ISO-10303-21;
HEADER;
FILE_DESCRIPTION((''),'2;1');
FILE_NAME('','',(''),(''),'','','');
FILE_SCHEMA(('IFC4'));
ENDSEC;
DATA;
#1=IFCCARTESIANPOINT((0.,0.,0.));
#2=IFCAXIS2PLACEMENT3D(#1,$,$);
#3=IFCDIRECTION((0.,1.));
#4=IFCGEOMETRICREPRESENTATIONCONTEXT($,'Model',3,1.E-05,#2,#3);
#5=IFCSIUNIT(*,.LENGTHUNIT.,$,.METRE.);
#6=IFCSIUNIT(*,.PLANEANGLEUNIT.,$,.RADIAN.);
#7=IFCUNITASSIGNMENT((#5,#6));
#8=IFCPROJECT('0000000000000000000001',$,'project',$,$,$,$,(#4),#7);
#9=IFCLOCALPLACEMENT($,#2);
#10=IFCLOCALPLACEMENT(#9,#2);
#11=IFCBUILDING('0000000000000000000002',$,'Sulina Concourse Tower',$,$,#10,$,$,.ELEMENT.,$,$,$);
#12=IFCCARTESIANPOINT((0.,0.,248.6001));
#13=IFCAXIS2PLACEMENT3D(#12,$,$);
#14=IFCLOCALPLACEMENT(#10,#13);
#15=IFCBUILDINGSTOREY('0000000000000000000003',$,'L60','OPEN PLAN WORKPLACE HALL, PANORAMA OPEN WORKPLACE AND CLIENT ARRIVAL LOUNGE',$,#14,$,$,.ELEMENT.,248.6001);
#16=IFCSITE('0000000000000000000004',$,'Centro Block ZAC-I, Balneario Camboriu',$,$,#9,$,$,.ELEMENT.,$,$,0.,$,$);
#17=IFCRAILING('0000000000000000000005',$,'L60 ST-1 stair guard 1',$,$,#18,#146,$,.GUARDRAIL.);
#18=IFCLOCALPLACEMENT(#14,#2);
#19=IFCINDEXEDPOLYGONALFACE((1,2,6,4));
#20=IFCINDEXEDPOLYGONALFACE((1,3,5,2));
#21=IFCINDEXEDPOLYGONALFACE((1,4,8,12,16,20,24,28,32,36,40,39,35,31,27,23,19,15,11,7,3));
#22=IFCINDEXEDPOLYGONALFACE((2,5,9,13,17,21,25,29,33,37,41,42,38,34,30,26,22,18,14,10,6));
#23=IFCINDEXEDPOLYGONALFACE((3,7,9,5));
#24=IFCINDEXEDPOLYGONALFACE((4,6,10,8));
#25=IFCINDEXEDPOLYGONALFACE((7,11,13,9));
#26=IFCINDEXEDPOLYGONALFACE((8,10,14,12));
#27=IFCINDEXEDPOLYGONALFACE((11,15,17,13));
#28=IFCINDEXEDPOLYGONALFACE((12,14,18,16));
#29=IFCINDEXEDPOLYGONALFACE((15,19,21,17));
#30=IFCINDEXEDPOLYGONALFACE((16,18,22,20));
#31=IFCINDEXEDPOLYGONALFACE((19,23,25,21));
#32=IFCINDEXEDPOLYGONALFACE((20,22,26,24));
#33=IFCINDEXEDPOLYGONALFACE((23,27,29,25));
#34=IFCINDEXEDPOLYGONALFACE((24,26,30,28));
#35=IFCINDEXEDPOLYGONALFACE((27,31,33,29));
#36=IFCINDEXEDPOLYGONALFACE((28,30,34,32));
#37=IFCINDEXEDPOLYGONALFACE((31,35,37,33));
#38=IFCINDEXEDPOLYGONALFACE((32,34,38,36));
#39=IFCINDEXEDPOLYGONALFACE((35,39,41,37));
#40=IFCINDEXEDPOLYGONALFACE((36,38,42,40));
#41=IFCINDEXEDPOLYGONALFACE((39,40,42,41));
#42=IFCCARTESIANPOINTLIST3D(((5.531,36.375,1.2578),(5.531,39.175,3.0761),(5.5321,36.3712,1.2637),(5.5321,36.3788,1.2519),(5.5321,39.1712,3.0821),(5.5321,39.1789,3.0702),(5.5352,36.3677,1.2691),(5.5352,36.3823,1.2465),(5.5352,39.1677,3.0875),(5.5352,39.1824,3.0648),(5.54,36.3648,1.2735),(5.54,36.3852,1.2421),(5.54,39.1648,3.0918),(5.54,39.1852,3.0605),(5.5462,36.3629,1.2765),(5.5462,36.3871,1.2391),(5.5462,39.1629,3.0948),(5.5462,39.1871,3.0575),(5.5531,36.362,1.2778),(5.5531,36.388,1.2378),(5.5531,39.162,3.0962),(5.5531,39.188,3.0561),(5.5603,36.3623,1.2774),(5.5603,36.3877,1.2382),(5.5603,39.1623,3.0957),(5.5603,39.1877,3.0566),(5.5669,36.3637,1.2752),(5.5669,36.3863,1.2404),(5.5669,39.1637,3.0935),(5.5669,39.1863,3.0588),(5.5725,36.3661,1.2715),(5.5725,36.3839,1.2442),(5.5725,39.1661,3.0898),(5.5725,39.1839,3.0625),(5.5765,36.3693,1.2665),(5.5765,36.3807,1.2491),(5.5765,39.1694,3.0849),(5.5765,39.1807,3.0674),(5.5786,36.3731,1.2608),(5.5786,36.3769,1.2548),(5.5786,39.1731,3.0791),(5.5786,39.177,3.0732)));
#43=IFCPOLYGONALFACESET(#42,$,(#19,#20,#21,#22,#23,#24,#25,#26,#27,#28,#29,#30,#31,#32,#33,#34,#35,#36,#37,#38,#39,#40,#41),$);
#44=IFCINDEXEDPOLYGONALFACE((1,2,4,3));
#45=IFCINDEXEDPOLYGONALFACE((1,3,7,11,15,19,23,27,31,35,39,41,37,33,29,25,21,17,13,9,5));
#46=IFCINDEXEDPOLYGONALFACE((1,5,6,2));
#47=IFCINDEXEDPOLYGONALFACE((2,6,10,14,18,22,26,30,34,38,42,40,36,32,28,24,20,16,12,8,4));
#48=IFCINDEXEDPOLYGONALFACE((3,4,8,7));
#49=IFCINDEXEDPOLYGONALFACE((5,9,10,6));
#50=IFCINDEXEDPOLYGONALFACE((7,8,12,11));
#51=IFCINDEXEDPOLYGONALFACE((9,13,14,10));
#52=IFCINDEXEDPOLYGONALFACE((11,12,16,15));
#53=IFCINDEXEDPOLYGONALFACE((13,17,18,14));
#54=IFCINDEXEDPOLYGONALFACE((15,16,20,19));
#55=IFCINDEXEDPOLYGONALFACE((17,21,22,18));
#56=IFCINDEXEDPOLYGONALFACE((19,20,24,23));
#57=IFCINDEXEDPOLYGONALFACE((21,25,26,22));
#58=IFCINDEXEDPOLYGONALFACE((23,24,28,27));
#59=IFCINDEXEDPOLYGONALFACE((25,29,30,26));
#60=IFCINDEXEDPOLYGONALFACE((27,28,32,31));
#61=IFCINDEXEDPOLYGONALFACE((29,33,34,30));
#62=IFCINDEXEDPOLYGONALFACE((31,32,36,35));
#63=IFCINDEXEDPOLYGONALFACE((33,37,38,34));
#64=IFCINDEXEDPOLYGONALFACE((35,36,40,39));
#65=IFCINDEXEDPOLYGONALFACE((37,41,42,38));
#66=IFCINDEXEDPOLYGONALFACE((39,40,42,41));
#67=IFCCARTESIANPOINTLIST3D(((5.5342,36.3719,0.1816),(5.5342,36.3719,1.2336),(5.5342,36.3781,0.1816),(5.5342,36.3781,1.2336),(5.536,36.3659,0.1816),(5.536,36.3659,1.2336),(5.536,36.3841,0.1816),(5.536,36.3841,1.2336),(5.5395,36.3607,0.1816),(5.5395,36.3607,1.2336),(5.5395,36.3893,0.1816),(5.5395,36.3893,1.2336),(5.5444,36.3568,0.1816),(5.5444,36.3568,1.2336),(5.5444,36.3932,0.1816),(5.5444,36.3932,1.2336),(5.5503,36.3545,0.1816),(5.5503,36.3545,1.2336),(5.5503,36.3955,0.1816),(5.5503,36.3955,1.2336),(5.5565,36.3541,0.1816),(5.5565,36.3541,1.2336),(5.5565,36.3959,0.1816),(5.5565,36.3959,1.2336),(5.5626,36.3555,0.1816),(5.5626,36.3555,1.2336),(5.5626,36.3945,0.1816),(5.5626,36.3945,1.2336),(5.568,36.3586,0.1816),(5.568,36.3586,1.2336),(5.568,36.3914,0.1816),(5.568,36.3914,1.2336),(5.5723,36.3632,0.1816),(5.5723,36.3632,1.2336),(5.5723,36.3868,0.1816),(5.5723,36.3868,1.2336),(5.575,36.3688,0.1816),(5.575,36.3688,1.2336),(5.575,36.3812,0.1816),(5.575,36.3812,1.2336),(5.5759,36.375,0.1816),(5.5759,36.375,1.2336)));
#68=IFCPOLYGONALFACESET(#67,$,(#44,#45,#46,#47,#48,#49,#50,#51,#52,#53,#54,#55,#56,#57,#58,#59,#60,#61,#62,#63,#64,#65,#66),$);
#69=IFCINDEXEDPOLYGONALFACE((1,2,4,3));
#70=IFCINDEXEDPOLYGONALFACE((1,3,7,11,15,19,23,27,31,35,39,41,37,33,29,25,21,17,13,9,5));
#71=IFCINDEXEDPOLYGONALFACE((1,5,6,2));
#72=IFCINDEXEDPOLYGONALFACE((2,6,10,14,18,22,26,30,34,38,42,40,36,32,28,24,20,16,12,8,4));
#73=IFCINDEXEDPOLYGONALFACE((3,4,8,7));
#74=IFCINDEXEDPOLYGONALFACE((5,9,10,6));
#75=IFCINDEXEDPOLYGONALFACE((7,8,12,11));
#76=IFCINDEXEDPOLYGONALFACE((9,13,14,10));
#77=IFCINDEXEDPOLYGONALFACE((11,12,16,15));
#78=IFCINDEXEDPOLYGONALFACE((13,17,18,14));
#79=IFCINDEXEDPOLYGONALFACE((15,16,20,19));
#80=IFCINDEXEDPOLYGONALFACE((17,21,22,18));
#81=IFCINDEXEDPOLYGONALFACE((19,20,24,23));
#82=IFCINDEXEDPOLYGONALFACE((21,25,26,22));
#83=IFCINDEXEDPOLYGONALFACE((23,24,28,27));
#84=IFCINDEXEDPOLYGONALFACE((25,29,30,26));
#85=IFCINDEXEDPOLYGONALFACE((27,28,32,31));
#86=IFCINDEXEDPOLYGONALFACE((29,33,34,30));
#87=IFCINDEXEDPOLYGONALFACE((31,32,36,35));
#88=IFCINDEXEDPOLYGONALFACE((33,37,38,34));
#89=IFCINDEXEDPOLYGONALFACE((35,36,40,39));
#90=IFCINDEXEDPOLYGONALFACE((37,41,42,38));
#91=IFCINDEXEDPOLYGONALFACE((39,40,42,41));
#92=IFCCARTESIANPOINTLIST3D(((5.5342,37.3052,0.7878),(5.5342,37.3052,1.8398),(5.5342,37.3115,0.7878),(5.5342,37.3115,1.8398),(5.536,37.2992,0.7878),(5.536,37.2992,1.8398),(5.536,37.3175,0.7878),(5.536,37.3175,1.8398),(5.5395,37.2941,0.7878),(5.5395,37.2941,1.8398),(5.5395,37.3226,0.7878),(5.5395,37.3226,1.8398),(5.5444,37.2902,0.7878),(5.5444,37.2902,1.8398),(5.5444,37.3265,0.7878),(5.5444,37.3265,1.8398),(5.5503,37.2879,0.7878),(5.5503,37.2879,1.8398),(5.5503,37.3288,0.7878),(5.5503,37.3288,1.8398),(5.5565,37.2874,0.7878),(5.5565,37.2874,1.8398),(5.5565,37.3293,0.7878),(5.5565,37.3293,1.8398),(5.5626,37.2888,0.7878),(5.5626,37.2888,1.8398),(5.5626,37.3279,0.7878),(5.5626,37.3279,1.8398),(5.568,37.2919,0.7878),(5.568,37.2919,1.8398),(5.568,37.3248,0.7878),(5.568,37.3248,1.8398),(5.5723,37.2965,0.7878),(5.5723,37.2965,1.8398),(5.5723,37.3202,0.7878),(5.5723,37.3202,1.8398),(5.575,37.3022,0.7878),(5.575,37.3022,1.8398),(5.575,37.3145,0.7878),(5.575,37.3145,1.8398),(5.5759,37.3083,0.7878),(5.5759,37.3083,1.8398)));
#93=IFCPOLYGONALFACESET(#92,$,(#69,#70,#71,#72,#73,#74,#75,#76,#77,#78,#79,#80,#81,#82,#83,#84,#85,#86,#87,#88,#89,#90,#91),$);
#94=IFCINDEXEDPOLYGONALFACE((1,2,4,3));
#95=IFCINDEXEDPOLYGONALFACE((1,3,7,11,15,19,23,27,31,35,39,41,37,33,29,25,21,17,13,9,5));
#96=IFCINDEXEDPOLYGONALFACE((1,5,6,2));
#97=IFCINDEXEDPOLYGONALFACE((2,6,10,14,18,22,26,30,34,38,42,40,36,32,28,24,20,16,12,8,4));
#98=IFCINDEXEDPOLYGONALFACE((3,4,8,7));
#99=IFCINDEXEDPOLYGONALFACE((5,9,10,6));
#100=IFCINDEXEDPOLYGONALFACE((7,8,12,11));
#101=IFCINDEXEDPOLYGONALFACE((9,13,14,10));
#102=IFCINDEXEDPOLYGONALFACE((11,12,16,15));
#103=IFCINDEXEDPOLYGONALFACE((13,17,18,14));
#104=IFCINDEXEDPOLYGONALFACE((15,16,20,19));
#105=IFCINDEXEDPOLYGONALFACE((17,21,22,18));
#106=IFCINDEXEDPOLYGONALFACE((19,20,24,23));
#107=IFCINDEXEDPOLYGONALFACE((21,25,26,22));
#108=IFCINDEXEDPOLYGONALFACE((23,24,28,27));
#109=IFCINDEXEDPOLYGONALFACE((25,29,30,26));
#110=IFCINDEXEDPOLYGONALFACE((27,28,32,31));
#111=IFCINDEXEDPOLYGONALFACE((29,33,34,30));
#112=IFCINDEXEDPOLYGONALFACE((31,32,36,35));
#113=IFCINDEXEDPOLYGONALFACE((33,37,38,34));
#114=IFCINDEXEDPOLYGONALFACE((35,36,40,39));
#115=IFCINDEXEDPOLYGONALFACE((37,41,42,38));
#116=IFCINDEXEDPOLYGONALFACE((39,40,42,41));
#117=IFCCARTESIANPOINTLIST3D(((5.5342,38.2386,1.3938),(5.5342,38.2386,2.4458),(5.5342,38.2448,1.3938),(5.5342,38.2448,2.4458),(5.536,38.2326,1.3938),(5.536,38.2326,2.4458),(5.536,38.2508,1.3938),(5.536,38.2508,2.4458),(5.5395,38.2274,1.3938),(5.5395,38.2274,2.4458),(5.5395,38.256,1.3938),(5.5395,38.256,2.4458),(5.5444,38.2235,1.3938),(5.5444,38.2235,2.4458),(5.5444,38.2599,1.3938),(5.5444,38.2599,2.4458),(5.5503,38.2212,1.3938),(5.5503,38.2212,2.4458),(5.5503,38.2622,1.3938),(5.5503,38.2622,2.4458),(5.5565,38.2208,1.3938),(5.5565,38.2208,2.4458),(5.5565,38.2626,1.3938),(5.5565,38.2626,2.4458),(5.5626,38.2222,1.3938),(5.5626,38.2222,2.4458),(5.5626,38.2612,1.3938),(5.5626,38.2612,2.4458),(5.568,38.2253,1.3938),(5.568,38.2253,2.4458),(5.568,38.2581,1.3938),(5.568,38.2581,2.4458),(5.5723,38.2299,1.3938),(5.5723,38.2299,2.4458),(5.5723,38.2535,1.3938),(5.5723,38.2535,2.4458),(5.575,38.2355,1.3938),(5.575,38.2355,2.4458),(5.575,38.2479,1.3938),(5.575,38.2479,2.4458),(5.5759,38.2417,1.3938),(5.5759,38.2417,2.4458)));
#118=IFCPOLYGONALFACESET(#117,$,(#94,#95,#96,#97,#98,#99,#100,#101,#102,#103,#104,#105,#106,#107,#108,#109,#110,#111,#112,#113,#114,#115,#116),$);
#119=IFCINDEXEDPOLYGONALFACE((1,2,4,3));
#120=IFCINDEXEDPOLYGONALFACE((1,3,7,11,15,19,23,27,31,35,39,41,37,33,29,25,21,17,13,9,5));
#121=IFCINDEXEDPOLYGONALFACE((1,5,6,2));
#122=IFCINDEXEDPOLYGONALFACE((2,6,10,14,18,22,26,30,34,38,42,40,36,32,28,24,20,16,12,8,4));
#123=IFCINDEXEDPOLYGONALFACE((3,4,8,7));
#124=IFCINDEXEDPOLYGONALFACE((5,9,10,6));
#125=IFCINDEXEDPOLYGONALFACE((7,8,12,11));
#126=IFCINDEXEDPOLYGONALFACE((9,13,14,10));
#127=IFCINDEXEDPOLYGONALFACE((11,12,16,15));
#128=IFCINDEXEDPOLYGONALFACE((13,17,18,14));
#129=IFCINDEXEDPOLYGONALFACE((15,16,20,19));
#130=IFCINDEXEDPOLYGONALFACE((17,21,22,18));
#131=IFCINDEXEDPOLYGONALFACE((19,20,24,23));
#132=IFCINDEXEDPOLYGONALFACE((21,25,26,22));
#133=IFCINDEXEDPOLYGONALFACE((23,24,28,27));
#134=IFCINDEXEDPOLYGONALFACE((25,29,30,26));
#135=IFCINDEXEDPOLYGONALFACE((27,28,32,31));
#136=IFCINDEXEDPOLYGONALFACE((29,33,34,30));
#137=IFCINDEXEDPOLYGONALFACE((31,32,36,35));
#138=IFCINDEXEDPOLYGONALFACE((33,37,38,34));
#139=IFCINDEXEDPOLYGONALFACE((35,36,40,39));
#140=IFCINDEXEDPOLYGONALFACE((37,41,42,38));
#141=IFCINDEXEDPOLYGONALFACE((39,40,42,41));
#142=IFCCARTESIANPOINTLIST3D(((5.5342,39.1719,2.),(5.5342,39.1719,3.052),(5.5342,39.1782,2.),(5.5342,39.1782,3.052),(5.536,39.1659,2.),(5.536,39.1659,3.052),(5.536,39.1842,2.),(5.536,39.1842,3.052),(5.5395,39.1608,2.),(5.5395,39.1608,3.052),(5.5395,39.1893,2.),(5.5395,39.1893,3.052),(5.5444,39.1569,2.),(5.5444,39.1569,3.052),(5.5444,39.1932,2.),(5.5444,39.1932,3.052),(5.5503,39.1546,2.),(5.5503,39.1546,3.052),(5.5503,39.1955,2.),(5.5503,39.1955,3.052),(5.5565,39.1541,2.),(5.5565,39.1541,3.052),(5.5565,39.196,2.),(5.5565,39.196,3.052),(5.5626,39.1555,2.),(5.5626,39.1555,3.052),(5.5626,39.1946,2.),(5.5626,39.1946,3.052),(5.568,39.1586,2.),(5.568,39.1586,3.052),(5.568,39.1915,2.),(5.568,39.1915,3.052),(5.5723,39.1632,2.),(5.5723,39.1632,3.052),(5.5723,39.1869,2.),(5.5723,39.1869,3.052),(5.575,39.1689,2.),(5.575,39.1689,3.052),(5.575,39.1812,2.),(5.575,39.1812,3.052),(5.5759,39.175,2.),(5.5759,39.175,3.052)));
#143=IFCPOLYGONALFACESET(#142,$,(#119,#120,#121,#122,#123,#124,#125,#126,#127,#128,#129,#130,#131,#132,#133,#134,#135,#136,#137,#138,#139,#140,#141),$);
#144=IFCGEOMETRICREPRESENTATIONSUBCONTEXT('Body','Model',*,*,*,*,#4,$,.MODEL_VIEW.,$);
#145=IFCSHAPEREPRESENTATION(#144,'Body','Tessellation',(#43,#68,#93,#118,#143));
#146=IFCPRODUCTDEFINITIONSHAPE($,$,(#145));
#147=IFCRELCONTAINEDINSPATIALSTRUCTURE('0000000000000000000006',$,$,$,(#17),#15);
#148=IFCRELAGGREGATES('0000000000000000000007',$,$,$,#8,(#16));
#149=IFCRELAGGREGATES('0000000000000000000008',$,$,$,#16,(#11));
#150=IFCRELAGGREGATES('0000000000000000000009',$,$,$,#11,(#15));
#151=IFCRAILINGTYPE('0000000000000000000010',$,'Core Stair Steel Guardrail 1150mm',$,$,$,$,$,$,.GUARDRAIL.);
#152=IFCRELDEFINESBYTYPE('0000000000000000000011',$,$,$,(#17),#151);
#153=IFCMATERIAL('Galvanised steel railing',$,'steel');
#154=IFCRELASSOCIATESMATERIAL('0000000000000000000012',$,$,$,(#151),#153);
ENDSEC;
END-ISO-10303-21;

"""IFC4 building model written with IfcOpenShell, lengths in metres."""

from ifc_helpers import new_model, si_unit, direction, frame, origin, origin_2d, place, context, subcontext, project, spatial, circle, extrude, material, type_object, element, save


model = new_model("IFC4")

# Units and contexts
model_context = context("Model", 3, precision=1e-05, world=origin(), true_north=direction((0.0, 1.0)))
body_context = subcontext(model_context, "Body", "Model", "MODEL_VIEW")
ifc_project = project(units=[si_unit("LENGTHUNIT", "METRE"), si_unit("PLANEANGLEUNIT", "RADIAN")], contexts=[model_context])

# Site, building, storey
site_placement = place(None, origin())
site = spatial("IfcSite", under=ifc_project, at=site_placement, Name="Centro Block ZAC-I, Balneario Camboriu", CompositionType="ELEMENT", RefElevation=0.0)
building_placement = place(site_placement, origin())
building = spatial("IfcBuilding", under=site, at=building_placement, Name="Sulina Concourse Tower", CompositionType="ELEMENT")
storey_placement = place(building_placement, frame((0.0, 0.0, 248.6001)))
storey = spatial("IfcBuildingStorey", under=building, at=storey_placement, Name="L60", Description="OPEN PLAN WORKPLACE HALL, PANORAMA OPEN WORKPLACE AND CLIENT ARRIVAL LOUNGE", CompositionType="ELEMENT", Elevation=248.6001)

# Railing
ifc_material_1 = material(Name="Galvanised steel railing", Category="steel")
railing_type_1 = type_object("IfcRailingType", Name="Core Stair Steel Guardrail 1150mm", PredefinedType="GUARDRAIL", material=ifc_material_1)
railing_1_placement = place(storey_placement, frame((5.5549, 36.375, 0.1816)))
element("IfcRailing", 1, at=railing_1_placement, inside=storey, type_object=railing_type_1, Name="L60 ST-1 stair guard 1", PredefinedType="GUARDRAIL", context=body_context, shape_type="SweptSolid", body=[
    extrude(circle(Radius=0.0239, at=origin_2d()), frame((0.0, 0.0, 1.0762), z_axis=(0.0, 0.838672, 0.544636), x_axis=(-1.0, 0.0, 0.0)), (0.0, 0.0, 1.0), 3.3386),
    extrude(circle(Radius=0.021, at=origin_2d()), origin(), (0.0, 0.0, 1.0), 1.052),
    extrude(circle(Radius=0.021, at=origin_2d()), frame((0.0, 0.9333, 0.6062)), (0.0, 0.0, 1.0), 1.052),
    extrude(circle(Radius=0.021, at=origin_2d()), frame((0.0, 1.8667, 1.2122)), (0.0, 0.0, 1.0), 1.052),
    extrude(circle(Radius=0.021, at=origin_2d()), frame((0.0, 2.8, 1.8184)), (0.0, 0.0, 1.0), 1.052),
])

save(model, "model.ifc")
